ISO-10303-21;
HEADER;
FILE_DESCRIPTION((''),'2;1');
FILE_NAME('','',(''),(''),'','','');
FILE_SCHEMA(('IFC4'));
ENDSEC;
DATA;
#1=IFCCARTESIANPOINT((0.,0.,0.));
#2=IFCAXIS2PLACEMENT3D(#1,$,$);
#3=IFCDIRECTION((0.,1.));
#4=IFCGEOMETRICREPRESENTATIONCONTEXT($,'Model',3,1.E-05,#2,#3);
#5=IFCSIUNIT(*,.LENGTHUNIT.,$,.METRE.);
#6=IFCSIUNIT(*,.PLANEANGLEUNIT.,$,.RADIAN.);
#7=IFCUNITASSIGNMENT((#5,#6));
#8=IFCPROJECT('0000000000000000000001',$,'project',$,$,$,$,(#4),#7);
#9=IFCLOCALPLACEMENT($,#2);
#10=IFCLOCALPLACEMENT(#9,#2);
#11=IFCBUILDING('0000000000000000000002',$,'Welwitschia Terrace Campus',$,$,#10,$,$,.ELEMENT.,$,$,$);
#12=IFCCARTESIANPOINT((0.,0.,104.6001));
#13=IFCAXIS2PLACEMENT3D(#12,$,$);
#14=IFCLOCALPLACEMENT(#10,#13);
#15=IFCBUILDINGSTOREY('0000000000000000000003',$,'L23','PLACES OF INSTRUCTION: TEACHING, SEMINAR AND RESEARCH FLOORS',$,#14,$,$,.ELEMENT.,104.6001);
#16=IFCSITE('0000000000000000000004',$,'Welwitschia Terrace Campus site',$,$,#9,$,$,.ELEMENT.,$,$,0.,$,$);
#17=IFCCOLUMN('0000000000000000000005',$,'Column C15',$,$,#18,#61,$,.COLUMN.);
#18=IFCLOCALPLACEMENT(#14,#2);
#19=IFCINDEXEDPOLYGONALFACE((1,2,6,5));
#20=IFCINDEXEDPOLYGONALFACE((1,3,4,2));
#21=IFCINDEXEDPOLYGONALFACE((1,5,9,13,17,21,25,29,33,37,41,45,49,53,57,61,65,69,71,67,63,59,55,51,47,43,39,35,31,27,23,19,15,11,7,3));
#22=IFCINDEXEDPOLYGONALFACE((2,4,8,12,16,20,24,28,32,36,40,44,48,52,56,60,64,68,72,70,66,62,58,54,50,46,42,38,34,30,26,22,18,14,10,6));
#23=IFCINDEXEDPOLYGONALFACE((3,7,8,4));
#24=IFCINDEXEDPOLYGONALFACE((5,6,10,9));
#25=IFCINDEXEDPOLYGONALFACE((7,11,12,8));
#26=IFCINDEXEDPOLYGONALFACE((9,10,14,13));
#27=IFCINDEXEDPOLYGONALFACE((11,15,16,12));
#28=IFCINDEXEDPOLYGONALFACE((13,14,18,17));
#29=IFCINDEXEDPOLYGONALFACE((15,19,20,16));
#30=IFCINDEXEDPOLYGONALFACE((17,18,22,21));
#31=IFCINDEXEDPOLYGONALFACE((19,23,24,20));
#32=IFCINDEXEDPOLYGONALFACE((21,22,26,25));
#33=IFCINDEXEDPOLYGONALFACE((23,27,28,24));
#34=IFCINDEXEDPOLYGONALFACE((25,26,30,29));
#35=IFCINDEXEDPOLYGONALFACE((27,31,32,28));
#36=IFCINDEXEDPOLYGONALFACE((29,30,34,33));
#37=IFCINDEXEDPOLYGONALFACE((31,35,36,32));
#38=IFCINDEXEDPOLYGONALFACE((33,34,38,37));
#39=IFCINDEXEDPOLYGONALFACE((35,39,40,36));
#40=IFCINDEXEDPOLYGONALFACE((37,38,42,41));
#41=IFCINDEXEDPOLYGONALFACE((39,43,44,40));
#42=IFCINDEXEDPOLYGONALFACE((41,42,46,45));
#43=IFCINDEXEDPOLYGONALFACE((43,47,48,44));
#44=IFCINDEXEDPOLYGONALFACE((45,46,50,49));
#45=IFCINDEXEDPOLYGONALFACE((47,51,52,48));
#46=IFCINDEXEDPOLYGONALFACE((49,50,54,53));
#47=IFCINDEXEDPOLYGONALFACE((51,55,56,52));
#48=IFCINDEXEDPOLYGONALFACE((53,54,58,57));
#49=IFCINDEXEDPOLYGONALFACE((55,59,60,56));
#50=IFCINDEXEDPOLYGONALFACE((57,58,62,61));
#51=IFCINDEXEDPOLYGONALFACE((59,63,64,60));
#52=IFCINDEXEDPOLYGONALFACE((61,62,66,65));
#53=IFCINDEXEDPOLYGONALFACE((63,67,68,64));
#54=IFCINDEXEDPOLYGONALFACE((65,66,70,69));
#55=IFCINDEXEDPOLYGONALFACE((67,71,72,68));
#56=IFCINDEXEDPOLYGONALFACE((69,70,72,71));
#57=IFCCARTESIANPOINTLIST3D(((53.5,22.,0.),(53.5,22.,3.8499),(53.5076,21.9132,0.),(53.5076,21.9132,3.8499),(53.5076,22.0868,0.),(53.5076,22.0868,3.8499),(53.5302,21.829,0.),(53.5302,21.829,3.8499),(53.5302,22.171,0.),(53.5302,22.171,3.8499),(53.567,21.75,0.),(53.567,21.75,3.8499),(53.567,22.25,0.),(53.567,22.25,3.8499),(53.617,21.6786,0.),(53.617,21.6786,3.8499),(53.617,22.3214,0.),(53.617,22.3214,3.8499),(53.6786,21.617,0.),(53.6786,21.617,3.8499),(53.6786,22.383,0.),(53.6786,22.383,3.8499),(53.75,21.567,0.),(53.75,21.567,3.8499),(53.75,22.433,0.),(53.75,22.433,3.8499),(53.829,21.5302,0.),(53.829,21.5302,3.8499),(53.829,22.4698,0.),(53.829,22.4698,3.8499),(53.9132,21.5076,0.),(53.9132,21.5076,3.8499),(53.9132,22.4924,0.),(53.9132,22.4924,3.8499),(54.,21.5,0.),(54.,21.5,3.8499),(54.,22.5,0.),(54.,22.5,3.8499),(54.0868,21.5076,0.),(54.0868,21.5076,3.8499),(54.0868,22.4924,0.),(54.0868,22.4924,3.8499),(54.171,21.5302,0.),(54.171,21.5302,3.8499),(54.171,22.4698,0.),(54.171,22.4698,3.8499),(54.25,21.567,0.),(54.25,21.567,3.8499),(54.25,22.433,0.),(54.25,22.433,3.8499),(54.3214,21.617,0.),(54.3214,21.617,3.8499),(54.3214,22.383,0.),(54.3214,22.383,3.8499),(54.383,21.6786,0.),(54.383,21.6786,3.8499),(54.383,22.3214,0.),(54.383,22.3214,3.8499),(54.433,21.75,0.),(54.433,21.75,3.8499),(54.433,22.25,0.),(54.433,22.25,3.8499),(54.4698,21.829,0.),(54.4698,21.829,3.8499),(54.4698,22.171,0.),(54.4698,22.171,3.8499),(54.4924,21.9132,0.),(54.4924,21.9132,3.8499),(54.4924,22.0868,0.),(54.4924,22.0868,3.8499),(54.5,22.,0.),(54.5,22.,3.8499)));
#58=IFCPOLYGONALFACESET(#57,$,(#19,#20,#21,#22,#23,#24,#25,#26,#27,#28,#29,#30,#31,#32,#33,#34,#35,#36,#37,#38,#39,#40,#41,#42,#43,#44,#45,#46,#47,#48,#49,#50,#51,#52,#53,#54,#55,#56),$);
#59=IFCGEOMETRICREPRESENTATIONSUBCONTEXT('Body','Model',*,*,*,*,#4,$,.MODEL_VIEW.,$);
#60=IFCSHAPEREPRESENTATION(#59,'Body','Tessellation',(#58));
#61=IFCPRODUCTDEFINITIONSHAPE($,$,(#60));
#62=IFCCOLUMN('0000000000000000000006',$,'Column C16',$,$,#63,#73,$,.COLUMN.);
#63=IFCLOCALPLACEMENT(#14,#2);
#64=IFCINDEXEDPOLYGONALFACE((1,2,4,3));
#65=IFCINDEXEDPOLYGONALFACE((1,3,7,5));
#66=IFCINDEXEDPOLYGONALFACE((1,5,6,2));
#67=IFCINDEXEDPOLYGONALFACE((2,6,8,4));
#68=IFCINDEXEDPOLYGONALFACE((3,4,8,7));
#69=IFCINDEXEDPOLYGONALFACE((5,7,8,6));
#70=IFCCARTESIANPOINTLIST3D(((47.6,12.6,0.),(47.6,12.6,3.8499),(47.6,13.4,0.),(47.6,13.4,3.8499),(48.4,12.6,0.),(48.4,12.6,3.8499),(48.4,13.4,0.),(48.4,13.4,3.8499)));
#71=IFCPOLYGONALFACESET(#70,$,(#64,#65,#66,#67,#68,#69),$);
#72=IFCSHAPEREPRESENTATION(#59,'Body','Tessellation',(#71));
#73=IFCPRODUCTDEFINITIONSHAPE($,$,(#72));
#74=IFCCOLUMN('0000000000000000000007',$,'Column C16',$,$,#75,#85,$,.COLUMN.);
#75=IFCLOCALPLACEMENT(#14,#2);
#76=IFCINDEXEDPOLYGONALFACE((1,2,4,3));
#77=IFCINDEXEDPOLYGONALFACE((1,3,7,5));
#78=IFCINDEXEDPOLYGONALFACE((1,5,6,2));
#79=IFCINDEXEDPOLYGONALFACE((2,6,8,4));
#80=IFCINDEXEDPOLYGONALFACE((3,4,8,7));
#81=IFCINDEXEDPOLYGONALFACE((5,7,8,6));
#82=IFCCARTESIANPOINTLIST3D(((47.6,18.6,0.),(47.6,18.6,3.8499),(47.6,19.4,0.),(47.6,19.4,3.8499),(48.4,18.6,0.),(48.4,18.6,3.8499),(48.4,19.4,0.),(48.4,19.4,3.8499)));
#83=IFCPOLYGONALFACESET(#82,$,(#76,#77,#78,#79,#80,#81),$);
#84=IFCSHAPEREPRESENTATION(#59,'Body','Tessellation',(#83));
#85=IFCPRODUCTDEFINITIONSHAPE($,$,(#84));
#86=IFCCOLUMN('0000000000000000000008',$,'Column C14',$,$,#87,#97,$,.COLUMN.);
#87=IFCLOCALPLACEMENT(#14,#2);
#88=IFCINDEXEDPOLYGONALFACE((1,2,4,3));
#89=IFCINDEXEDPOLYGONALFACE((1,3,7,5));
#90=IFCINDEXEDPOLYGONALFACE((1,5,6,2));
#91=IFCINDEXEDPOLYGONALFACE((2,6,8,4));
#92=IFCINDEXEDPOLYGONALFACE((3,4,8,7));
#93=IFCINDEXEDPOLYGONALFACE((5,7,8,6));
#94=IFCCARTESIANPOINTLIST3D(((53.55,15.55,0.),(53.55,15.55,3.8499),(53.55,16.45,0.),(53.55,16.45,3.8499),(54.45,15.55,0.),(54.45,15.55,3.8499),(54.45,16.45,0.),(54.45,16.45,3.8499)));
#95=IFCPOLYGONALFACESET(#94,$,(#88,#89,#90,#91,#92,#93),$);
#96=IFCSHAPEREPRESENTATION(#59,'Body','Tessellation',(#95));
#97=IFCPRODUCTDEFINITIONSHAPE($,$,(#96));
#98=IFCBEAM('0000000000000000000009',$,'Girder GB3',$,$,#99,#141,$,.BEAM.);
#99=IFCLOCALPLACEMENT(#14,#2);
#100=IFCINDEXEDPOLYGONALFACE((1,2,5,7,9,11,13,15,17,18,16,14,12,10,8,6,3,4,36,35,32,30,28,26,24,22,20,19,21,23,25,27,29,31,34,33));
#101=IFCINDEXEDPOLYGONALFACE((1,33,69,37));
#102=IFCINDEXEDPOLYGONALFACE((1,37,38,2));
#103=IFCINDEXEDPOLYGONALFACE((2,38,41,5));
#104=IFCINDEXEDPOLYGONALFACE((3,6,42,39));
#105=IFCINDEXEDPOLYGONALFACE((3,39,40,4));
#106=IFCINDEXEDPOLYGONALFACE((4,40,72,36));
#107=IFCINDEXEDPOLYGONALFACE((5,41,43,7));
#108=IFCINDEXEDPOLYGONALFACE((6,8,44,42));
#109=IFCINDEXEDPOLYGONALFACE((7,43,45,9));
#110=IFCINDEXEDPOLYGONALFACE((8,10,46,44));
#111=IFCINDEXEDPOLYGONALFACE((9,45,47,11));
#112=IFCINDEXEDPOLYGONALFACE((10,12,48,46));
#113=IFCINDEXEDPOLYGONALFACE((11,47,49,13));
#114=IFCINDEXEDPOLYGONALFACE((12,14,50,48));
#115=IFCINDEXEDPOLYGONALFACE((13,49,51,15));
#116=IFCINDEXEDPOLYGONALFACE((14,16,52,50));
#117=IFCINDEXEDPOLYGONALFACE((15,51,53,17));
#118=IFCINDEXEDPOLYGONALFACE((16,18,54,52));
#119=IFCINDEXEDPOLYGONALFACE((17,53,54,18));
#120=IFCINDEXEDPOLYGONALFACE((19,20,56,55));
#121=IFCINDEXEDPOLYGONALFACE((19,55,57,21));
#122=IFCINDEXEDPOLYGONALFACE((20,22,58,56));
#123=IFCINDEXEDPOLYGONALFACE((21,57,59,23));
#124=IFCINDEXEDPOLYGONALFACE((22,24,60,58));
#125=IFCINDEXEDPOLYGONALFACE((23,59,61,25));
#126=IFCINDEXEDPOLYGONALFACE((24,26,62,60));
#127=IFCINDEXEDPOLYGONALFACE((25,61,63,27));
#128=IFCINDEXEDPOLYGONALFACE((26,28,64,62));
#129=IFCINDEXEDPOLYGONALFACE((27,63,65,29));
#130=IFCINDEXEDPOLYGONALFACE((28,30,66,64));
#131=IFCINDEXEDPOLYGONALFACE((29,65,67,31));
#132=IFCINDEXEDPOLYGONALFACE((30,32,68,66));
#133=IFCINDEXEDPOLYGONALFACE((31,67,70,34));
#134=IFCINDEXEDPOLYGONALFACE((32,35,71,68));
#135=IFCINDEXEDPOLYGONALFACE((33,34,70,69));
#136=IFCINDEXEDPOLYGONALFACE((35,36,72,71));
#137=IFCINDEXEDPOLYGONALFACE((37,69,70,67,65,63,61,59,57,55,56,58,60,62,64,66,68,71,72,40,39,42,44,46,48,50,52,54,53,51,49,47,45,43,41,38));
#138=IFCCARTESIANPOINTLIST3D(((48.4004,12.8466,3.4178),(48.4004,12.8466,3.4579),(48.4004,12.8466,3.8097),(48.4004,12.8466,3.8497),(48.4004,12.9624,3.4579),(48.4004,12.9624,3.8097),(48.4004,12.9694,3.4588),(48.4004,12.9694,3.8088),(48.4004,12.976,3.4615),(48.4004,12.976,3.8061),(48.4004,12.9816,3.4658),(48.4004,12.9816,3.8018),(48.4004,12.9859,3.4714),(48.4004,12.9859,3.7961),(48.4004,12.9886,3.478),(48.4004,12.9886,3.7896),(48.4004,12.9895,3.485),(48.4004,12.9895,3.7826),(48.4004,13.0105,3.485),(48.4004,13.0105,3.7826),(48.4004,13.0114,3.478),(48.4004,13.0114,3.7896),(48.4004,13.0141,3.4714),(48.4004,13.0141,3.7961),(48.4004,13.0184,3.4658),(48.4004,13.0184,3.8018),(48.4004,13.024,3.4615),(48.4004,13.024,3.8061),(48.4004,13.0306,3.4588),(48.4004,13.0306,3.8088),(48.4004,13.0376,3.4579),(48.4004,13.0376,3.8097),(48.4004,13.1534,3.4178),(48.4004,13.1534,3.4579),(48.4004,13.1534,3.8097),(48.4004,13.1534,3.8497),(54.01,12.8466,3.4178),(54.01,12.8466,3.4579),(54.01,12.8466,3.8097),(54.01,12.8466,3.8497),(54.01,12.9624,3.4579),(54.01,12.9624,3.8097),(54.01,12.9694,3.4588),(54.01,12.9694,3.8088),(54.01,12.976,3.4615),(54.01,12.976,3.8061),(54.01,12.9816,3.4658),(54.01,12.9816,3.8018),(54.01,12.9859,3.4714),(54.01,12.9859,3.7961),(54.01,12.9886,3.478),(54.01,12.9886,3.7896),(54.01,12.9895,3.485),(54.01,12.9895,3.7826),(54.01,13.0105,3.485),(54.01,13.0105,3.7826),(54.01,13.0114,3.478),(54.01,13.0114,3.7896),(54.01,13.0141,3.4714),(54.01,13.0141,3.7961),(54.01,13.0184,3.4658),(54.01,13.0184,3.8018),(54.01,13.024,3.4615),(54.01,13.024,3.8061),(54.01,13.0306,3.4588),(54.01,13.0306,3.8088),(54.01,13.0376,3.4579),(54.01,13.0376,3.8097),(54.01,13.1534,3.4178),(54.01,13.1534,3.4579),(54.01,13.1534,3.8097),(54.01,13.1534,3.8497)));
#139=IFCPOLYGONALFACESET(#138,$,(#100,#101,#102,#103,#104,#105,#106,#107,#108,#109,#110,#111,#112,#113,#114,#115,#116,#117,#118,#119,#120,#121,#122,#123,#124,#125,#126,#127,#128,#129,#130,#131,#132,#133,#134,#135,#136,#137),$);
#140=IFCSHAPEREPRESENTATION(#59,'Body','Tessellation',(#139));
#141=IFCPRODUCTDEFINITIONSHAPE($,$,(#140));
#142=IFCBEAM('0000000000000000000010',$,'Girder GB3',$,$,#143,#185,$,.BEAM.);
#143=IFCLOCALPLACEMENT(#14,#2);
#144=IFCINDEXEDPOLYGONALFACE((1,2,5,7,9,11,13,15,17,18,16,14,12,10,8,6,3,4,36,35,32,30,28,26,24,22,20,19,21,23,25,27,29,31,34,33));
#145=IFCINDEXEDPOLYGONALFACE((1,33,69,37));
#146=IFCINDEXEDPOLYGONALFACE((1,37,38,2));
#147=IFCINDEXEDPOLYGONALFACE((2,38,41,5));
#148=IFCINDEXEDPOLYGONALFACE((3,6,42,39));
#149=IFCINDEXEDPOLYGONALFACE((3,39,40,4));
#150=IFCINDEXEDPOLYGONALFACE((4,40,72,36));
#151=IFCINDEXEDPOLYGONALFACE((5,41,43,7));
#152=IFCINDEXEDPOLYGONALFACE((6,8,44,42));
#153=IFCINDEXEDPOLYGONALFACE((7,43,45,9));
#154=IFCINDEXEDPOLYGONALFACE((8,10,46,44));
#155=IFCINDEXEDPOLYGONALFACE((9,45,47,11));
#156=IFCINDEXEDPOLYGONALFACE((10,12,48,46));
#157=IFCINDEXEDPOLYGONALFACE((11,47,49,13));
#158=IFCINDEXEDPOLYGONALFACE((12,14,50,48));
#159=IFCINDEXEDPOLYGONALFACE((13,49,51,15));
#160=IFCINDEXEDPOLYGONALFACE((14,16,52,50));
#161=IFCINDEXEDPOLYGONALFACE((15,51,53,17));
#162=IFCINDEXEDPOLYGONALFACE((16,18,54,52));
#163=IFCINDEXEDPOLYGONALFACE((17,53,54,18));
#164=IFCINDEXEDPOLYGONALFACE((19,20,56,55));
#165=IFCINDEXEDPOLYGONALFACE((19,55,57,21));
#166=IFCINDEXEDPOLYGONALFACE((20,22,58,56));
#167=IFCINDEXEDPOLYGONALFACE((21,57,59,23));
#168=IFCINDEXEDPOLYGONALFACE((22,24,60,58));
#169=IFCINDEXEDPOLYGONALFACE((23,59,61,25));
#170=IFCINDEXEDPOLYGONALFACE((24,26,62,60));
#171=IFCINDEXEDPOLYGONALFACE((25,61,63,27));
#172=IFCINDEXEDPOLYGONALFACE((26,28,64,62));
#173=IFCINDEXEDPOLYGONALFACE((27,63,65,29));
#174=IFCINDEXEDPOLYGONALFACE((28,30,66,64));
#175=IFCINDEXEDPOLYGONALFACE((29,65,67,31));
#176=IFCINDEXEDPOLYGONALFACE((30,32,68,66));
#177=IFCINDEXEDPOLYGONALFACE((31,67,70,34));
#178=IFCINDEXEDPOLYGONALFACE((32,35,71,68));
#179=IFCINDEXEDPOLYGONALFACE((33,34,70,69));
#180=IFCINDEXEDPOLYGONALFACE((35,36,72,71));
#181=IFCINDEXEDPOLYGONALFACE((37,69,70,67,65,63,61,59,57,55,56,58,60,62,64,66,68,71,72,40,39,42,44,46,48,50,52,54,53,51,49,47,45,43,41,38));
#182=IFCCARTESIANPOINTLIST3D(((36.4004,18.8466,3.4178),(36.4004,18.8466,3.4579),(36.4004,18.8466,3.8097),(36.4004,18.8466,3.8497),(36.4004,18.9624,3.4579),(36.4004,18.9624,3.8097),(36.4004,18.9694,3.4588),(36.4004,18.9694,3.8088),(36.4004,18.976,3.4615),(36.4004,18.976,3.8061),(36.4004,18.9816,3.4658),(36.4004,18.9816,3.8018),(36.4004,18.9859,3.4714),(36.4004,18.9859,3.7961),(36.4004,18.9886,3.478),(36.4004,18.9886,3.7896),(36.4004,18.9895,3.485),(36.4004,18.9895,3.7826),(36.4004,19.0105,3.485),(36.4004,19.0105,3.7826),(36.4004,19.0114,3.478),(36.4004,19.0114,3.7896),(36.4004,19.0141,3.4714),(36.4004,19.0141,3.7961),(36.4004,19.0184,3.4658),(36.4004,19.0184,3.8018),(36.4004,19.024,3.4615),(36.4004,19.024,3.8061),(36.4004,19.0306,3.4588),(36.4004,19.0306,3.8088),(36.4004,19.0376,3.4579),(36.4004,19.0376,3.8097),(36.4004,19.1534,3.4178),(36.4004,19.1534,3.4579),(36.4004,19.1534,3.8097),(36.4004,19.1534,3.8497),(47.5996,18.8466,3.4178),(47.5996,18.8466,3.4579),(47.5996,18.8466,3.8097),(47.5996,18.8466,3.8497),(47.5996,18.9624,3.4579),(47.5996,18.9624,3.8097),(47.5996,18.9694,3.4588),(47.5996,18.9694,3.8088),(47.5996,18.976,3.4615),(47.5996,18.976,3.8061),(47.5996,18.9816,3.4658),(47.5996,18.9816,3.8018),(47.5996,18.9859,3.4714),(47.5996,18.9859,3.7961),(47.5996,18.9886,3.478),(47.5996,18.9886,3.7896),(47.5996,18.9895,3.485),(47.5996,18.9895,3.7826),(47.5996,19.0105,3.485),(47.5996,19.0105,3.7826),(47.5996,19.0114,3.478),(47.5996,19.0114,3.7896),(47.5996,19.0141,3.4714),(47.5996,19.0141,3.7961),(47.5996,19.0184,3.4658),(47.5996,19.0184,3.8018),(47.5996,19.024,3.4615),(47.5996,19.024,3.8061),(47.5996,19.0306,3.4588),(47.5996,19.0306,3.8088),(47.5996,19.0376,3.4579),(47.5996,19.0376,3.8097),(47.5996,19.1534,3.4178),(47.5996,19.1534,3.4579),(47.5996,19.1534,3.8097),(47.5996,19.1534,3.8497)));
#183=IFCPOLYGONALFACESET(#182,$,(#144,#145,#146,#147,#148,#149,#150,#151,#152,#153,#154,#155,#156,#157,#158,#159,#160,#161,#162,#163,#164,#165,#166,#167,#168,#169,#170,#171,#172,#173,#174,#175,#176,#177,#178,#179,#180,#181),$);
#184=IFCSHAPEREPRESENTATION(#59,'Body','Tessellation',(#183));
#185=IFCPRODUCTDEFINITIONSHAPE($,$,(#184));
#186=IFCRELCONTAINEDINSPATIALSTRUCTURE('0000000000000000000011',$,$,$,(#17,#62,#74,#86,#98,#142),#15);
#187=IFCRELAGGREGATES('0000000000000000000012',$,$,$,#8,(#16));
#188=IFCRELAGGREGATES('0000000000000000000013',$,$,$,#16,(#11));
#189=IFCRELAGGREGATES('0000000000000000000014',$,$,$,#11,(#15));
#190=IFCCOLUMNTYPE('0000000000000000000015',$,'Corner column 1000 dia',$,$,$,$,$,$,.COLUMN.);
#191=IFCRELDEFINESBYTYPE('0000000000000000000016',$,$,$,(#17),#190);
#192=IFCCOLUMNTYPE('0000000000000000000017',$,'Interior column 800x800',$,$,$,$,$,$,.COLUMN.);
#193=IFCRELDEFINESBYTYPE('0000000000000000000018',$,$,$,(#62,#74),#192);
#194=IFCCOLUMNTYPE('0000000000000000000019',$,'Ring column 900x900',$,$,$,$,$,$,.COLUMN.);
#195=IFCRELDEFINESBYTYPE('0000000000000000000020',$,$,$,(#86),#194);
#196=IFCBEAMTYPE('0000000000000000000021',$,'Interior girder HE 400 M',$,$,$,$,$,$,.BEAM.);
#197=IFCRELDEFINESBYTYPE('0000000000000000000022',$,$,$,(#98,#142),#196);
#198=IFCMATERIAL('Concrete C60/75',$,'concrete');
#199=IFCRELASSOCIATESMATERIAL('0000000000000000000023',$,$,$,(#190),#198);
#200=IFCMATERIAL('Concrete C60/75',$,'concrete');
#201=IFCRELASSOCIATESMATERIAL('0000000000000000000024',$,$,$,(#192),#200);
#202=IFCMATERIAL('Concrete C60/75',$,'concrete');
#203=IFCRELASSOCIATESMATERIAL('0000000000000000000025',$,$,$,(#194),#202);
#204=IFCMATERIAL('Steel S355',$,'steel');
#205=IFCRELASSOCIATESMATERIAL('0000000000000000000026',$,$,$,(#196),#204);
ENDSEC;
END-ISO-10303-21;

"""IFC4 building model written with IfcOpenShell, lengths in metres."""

from ifc_helpers import new_model, si_unit, direction, frame, origin, origin_2d, place, context, subcontext, project, spatial, rectangle, circle, i_section, extrude, material, material_profile, profile_set, type_object, element, save


model = new_model("IFC4")

# Units and contexts
model_context = context("Model", 3, precision=1e-05, world=origin(), true_north=direction((0.0, 1.0)))
body_context = subcontext(model_context, "Body", "Model", "MODEL_VIEW")
ifc_project = project(units=[si_unit("LENGTHUNIT", "METRE"), si_unit("PLANEANGLEUNIT", "RADIAN")], contexts=[model_context])

# Site, building, storey
site_placement = place(None, origin())
site = spatial("IfcSite", under=ifc_project, at=site_placement, Name="Welwitschia Terrace Campus site", CompositionType="ELEMENT", RefElevation=0.0)
building_placement = place(site_placement, origin())
building = spatial("IfcBuilding", under=site, at=building_placement, Name="Welwitschia Terrace Campus", CompositionType="ELEMENT")
storey_placement = place(building_placement, frame((0.0, 0.0, 104.6001)))
storey = spatial("IfcBuildingStorey", under=building, at=storey_placement, Name="L23", Description="PLACES OF INSTRUCTION: TEACHING, SEMINAR AND RESEARCH FLOORS", CompositionType="ELEMENT", Elevation=104.6001)

# Columns
ifc_material_1 = material(Name="Concrete C60/75", Category="concrete")
ifc_material_profile_1 = material_profile(ifc_material_1, circle(Radius=0.5, at=origin_2d()))
ifc_profile_set_1 = profile_set([ifc_material_profile_1], Name="Concrete C60/75")
column_type_1 = type_object("IfcColumnType", Name="Corner column 1000 dia", PredefinedType="COLUMN", material=ifc_profile_set_1)
column_1_placement = place(storey_placement, frame((54.0, 22.0, 0.0), z_axis=(0.0, 0.0, 1.0), x_axis=(1.0, 0.0, 0.0)))
element("IfcColumn", 1, at=column_1_placement, inside=storey, type_object=column_type_1, Name="Column C15", PredefinedType="COLUMN", context=body_context, shape_type="SweptSolid", body=[
    extrude(circle(Radius=0.5, at=origin_2d()), origin(), (0.0, 0.0, 1.0), 3.8499),
])
ifc_material_2 = material(Name="Concrete C60/75", Category="concrete")
ifc_material_profile_2 = material_profile(ifc_material_2, rectangle(XDim=0.8, YDim=0.8, at=origin_2d()))
ifc_profile_set_2 = profile_set([ifc_material_profile_2], Name="Concrete C60/75")
column_type_2 = type_object("IfcColumnType", Name="Interior column 800x800", PredefinedType="COLUMN", material=ifc_profile_set_2)
for number, where, z_axis, x_axis, name in (
    (2, (48.0, 13.0, 0.0), (0.0, 0.0, 1.0), (1.0, 0.0, 0.0), "Column C16"),
    (3, (48.0, 19.0, 0.0), (0.0, 0.0, 1.0), (1.0, 0.0, 0.0), "Column C16"),
):
    element("IfcColumn", number, at=place(storey_placement, frame(where, z_axis=z_axis, x_axis=x_axis)), inside=storey, type_object=column_type_2, Name=name, PredefinedType="COLUMN", context=body_context, shape_type="SweptSolid", body=[
        extrude(rectangle(XDim=0.8, YDim=0.8, at=origin_2d()), origin(), (0.0, 0.0, 1.0), 3.8499),
    ])
ifc_material_3 = material(Name="Concrete C60/75", Category="concrete")
ifc_material_profile_3 = material_profile(ifc_material_3, rectangle(XDim=0.8999, YDim=0.8999, at=origin_2d()))
ifc_profile_set_3 = profile_set([ifc_material_profile_3], Name="Concrete C60/75")
column_type_3 = type_object("IfcColumnType", Name="Ring column 900x900", PredefinedType="COLUMN", material=ifc_profile_set_3)
column_2_placement = place(storey_placement, frame((54.0, 16.0, 0.0), z_axis=(0.0, 0.0, 1.0), x_axis=(1.0, 0.0, 0.0)))
element("IfcColumn", 4, at=column_2_placement, inside=storey, type_object=column_type_3, Name="Column C14", PredefinedType="COLUMN", context=body_context, shape_type="SweptSolid", body=[
    extrude(rectangle(XDim=0.8999, YDim=0.8999, at=origin_2d()), origin(), (0.0, 0.0, 1.0), 3.8499),
])

# Beams
ifc_material_4 = material(Name="Steel S355", Category="steel")
ifc_material_profile_4 = material_profile(ifc_material_4, i_section(OverallWidth=0.3069, OverallDepth=0.4319, WebThickness=0.021, FlangeThickness=0.04, FilletRadius=0.0271, at=origin_2d()))
ifc_profile_set_4 = profile_set([ifc_material_profile_4], Name="Steel S355")
beam_type_1 = type_object("IfcBeamType", Name="Interior girder HE 400 M", PredefinedType="BEAM", material=ifc_profile_set_4)
beam_1_placement = place(storey_placement, frame((48.4004, 13.0, 3.6338), z_axis=(1.0, 0.0, 0.0), x_axis=(0.0, 1.0, 0.0)))
element("IfcBeam", 5, at=beam_1_placement, inside=storey, type_object=beam_type_1, Name="Girder GB3", PredefinedType="BEAM", context=body_context, shape_type="SweptSolid", body=[
    extrude(i_section(OverallWidth=0.3069, OverallDepth=0.4319, WebThickness=0.021, FlangeThickness=0.04, FilletRadius=0.0271, at=origin_2d()), origin(), (0.0, 0.0, 1.0), 5.6096),
])
beam_2_placement = place(storey_placement, frame((36.4004, 19.0, 3.6338), z_axis=(1.0, 0.0, 0.0), x_axis=(0.0, 1.0, 0.0)))
element("IfcBeam", 6, at=beam_2_placement, inside=storey, type_object=beam_type_1, Name="Girder GB3", PredefinedType="BEAM", context=body_context, shape_type="SweptSolid", body=[
    extrude(i_section(OverallWidth=0.3069, OverallDepth=0.4319, WebThickness=0.021, FlangeThickness=0.04, FilletRadius=0.0271, at=origin_2d()), origin(), (0.0, 0.0, 1.0), 11.1992),
])

save(model, "model.ifc")
